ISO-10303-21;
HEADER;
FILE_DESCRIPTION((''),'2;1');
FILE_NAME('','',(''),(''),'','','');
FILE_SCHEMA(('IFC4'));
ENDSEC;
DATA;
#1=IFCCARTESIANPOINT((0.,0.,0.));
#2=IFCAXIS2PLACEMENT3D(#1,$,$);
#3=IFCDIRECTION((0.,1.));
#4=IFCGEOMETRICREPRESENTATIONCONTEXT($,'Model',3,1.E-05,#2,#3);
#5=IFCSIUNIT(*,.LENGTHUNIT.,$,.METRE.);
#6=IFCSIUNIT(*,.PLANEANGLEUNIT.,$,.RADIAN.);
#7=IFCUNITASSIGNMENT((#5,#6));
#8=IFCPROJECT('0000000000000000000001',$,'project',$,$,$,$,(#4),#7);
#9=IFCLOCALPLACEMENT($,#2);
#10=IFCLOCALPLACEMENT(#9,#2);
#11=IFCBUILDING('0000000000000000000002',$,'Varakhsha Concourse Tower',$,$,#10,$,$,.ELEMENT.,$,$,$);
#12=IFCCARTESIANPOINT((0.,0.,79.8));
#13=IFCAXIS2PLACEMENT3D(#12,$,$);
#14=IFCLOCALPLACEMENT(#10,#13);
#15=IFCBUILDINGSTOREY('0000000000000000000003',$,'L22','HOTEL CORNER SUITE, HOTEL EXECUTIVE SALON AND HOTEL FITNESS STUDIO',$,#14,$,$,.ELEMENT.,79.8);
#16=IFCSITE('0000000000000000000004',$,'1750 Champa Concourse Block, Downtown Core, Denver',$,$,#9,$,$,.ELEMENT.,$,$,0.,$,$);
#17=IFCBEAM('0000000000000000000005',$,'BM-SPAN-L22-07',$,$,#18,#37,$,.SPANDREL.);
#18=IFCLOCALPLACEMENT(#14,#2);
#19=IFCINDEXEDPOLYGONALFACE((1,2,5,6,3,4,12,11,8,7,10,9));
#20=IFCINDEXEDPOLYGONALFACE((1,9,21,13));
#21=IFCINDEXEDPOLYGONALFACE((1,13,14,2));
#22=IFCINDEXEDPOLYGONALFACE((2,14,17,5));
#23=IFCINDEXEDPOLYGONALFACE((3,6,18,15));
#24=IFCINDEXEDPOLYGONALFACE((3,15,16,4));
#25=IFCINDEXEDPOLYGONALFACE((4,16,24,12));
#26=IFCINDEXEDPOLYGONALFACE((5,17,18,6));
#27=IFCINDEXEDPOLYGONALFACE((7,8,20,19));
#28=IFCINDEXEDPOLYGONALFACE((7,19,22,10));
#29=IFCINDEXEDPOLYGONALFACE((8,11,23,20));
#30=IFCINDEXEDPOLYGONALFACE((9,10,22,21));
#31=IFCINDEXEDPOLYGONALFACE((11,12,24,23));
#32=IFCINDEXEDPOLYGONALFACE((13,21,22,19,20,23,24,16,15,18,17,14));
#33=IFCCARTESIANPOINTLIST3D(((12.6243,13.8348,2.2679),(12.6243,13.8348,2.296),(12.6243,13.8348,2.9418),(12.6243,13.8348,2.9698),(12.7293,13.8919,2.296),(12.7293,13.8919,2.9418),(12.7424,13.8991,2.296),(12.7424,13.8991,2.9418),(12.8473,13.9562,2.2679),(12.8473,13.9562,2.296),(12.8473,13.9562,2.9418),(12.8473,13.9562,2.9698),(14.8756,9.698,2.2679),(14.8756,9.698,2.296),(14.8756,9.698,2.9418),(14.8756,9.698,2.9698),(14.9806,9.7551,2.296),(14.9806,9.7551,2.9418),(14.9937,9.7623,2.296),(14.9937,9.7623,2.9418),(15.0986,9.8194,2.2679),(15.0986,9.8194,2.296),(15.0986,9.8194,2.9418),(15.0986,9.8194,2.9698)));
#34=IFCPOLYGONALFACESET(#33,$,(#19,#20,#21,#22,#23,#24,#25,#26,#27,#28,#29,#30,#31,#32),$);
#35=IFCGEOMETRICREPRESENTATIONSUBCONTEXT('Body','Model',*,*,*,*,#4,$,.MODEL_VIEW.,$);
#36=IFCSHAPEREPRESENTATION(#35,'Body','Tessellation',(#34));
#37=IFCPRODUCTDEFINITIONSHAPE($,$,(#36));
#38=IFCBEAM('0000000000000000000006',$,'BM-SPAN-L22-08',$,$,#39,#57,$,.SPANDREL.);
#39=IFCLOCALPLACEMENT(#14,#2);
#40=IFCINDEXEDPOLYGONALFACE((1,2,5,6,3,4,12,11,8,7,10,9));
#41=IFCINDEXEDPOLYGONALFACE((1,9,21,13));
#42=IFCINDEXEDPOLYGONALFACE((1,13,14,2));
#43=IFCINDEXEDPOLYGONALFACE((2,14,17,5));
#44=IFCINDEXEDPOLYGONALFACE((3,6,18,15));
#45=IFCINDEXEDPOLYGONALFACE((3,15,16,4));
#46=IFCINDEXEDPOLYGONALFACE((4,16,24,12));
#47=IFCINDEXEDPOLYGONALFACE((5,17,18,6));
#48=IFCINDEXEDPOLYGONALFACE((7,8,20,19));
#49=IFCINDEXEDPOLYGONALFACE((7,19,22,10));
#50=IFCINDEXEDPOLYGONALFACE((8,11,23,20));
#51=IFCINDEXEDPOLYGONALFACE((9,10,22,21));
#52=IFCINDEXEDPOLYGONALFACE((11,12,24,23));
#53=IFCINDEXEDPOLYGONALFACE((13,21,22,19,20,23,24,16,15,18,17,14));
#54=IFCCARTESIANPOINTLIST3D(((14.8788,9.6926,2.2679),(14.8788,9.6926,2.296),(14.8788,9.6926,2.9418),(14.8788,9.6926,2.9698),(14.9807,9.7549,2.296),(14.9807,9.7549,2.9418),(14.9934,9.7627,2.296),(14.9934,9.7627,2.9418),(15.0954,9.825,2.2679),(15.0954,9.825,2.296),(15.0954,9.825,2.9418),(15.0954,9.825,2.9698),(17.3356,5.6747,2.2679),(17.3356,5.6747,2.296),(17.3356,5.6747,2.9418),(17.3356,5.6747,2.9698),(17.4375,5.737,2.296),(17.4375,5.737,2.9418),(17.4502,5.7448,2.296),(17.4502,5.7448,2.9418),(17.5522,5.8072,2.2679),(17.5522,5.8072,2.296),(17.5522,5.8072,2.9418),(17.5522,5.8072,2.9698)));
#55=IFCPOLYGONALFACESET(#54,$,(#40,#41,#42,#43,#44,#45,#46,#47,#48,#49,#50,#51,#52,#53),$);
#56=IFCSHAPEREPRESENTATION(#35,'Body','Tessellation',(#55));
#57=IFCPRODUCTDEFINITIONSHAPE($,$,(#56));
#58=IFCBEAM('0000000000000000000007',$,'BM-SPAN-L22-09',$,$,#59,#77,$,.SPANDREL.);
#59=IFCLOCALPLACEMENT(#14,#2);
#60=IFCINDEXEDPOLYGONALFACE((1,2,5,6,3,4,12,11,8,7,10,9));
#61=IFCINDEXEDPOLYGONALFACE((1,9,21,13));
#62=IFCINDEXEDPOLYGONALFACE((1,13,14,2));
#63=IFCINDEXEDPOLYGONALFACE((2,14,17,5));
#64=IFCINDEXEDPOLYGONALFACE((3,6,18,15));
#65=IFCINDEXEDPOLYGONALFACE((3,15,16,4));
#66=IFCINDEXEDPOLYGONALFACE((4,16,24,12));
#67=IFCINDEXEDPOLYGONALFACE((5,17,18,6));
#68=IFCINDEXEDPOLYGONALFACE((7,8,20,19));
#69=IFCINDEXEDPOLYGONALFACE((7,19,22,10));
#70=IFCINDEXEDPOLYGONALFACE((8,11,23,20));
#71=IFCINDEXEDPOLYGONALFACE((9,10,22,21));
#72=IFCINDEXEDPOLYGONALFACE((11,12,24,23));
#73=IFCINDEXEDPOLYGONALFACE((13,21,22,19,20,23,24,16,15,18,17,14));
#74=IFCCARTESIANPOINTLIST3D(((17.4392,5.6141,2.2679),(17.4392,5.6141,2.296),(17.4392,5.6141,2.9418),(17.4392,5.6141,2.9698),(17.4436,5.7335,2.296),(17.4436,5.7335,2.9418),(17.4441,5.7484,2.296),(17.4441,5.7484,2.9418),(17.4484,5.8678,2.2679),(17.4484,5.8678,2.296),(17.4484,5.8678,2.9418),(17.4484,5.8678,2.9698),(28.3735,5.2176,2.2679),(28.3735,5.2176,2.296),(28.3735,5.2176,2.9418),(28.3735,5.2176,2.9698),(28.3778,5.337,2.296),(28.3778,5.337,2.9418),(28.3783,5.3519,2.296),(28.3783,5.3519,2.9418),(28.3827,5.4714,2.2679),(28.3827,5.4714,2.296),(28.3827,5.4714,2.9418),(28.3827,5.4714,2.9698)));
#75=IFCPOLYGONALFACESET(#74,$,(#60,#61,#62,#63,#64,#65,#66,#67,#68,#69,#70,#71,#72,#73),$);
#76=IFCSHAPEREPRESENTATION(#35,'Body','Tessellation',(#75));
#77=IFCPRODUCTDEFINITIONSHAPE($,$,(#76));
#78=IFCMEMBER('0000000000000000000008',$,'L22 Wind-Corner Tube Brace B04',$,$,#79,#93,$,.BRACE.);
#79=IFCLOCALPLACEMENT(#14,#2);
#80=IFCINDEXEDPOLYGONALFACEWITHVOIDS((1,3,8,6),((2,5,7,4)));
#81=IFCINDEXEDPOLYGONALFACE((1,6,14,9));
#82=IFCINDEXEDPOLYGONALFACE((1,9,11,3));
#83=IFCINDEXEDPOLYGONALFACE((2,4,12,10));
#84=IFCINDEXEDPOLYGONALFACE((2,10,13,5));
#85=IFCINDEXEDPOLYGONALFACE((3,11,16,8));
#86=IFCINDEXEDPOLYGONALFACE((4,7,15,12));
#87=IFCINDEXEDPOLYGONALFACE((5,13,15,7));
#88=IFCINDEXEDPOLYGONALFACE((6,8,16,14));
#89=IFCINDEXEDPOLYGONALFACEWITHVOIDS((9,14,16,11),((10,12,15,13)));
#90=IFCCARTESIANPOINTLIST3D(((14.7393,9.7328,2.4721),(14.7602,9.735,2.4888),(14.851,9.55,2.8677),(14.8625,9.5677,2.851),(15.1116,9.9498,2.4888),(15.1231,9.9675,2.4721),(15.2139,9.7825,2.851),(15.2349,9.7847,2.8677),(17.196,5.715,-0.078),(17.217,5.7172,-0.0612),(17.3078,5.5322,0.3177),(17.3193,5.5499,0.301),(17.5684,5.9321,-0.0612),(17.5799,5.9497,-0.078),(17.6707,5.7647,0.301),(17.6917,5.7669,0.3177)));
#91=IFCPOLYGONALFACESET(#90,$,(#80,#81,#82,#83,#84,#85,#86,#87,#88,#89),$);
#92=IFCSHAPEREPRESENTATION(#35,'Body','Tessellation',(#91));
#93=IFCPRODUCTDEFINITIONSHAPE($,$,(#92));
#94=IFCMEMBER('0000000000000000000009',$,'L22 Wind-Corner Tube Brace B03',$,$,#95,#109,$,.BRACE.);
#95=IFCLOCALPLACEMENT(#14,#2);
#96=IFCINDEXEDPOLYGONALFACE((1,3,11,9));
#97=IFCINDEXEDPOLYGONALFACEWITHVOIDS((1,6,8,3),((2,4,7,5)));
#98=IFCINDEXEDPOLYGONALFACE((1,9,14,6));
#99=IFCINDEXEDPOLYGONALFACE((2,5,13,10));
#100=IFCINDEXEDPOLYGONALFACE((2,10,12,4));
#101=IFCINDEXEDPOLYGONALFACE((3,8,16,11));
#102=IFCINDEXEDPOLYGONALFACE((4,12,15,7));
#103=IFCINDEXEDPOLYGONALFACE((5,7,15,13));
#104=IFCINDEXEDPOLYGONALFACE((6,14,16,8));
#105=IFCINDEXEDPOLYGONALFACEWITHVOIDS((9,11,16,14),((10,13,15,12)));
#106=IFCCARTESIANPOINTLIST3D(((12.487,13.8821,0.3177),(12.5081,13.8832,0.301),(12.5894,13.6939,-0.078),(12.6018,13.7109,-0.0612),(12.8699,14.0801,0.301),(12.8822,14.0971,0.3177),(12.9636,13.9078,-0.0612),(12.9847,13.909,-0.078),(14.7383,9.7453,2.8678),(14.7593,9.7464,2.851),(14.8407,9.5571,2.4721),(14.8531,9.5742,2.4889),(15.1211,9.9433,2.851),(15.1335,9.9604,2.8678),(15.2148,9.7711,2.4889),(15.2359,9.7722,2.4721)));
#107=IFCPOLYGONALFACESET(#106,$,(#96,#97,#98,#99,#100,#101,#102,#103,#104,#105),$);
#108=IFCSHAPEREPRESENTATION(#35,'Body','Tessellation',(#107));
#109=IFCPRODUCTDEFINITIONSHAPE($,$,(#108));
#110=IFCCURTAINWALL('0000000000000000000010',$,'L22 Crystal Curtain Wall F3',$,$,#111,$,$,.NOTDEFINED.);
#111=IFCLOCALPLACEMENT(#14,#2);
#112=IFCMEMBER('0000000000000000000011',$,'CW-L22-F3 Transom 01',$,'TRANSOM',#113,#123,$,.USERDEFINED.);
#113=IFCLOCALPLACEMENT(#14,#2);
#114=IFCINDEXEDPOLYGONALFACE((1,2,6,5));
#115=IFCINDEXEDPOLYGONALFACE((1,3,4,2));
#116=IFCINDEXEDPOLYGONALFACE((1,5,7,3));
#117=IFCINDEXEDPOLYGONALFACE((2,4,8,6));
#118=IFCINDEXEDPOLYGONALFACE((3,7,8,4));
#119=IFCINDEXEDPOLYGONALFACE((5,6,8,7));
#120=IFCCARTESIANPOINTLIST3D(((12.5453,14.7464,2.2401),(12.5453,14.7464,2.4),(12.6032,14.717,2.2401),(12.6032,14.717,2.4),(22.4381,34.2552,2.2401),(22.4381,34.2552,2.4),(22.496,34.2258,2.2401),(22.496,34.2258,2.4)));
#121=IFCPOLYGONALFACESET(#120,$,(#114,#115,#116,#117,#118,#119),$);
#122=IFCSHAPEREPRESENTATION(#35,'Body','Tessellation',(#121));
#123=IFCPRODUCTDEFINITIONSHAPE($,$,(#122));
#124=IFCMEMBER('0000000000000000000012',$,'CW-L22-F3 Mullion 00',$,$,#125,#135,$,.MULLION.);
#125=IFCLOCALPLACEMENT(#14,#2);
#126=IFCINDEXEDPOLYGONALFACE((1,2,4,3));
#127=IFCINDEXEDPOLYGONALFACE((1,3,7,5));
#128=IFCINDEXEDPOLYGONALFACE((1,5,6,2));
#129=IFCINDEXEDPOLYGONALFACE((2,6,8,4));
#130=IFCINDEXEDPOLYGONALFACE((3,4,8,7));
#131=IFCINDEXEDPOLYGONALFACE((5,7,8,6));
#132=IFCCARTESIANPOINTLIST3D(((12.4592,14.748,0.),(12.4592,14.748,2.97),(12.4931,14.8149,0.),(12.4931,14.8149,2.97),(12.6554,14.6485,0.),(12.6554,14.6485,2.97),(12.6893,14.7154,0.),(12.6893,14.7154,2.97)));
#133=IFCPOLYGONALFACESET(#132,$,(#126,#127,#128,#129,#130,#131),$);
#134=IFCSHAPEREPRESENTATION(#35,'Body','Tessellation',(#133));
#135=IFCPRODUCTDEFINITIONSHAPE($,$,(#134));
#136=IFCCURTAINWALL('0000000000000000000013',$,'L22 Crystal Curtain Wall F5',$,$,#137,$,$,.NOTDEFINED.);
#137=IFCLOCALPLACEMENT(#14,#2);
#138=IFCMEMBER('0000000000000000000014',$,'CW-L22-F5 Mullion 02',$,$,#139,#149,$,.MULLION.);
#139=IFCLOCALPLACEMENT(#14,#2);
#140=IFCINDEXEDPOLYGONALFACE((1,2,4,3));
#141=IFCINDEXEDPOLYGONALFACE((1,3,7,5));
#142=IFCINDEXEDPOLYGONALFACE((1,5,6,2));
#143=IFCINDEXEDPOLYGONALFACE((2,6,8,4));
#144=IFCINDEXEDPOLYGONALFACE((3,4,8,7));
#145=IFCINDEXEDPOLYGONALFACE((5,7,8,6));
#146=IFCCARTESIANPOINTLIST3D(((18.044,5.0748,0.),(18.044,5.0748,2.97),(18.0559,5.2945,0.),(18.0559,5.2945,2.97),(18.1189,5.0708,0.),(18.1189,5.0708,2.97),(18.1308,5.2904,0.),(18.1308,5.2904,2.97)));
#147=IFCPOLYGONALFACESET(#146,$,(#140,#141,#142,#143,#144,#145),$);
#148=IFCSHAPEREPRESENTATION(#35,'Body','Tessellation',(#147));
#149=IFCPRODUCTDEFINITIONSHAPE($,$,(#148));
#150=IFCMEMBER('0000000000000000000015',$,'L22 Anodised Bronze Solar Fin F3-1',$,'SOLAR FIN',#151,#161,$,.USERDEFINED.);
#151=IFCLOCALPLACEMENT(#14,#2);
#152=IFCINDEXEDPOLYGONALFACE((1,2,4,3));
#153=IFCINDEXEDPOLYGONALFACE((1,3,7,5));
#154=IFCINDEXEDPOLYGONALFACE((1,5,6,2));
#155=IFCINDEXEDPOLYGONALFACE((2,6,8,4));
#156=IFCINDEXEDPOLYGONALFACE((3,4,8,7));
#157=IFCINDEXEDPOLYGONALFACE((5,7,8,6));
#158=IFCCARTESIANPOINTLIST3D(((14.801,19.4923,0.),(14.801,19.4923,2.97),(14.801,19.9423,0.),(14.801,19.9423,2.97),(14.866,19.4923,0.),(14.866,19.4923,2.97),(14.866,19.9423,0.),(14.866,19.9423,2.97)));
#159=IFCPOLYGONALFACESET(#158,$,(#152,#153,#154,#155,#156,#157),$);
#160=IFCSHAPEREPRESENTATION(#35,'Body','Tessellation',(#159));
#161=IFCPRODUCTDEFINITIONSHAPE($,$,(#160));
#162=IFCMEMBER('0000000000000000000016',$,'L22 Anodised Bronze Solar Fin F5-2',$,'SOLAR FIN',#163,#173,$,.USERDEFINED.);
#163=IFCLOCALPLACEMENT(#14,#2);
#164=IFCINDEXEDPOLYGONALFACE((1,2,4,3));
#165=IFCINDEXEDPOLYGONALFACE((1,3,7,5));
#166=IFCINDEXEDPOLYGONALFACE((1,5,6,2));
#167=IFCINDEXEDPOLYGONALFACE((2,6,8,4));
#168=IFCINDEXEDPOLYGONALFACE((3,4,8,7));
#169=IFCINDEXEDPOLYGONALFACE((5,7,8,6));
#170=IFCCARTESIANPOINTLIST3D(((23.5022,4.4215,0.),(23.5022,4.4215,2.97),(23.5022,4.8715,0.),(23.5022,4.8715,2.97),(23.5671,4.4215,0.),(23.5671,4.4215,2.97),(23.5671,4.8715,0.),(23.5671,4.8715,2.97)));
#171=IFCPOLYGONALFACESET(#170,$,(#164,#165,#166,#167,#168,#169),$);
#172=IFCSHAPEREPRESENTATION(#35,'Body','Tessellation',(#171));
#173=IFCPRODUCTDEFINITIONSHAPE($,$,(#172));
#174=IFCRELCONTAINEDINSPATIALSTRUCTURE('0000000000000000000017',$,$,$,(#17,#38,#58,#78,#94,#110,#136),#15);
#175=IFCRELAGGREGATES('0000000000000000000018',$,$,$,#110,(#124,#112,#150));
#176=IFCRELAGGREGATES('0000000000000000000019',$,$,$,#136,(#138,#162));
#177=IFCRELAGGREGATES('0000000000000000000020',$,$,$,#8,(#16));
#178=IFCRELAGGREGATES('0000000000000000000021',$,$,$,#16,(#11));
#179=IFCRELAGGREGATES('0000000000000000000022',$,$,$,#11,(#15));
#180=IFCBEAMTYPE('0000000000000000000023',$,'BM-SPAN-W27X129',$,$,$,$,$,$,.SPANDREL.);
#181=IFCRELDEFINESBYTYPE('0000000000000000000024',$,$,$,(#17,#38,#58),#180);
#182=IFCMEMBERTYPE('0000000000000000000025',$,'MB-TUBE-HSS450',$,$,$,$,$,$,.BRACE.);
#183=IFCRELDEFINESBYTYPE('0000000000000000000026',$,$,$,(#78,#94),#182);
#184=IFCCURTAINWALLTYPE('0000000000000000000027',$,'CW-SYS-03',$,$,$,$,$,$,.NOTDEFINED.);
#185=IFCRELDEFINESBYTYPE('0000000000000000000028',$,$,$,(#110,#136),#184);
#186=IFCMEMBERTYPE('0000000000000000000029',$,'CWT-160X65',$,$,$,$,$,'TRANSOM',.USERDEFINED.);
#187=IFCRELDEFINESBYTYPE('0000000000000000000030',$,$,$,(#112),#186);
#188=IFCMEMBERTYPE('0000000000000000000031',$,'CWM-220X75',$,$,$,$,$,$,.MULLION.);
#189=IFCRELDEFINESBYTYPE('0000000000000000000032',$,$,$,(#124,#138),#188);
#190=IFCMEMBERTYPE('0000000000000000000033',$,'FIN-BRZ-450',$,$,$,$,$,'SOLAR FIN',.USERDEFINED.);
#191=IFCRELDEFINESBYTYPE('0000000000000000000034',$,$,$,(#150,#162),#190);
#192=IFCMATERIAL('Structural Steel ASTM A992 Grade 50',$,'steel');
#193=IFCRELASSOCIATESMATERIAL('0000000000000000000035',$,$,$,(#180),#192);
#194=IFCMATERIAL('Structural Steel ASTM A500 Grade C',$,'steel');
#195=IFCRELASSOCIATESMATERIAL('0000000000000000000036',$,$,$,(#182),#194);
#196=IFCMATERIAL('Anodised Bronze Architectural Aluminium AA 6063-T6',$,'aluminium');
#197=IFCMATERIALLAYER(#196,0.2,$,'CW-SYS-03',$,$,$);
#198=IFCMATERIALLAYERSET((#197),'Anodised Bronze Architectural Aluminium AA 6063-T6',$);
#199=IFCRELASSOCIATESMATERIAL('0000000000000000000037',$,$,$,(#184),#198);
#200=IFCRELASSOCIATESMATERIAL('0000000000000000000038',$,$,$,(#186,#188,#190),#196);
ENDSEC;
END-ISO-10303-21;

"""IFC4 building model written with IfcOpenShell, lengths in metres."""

from ifc_helpers import new_model, si_unit, direction, frame, origin, origin_2d, place, context, subcontext, project, spatial, rectangle, hollow_rectangle, i_section, extrude, source, transform, mapped, material, layer, layer_set, material_profile, profile_set, type_object, type_shapes, element, aggregate, save


model = new_model("IFC4")

# Units and contexts
model_context = context("Model", 3, precision=1e-05, world=origin(), true_north=direction((0.0, 1.0)))
body_context = subcontext(model_context, "Body", "Model", "MODEL_VIEW")
ifc_project = project(units=[si_unit("LENGTHUNIT", "METRE"), si_unit("PLANEANGLEUNIT", "RADIAN")], contexts=[model_context])

# Site, building, storey
site_placement = place(None, origin())
site = spatial("IfcSite", under=ifc_project, at=site_placement, Name="1750 Champa Concourse Block, Downtown Core, Denver", CompositionType="ELEMENT", RefElevation=0.0)
building_placement = place(site_placement, origin())
building = spatial("IfcBuilding", under=site, at=building_placement, Name="Varakhsha Concourse Tower", CompositionType="ELEMENT")
storey_placement = place(building_placement, frame((0.0, 0.0, 79.8)))
storey = spatial("IfcBuildingStorey", under=building, at=storey_placement, Name="L22", Description="HOTEL CORNER SUITE, HOTEL EXECUTIVE SALON AND HOTEL FITNESS STUDIO", CompositionType="ELEMENT", Elevation=79.8)

# Shared definitions
ifc_material_1 = material(Name="Structural Steel ASTM A992 Grade 50", Category="steel")

# Beams
ifc_material_profile_1 = material_profile(ifc_material_1, i_section(OverallWidth=0.2539, OverallDepth=0.7019, WebThickness=0.0149, FlangeThickness=0.0281, at=origin_2d()), Name="W27X129")
ifc_profile_set_1 = profile_set([ifc_material_profile_1], Name="Structural Steel ASTM A992 Grade 50")
beam_type_1 = type_object("IfcBeamType", Name="BM-SPAN-W27X129", PredefinedType="SPANDREL", material=ifc_profile_set_1)
beam_1_placement = place(storey_placement, frame((12.7358, 13.8955, 2.6189), z_axis=(0.478006, -0.878357, 0.0), x_axis=(0.878357, 0.478006, 0.0)))
element("IfcBeam", 1, at=beam_1_placement, inside=storey, type_object=beam_type_1, Name="BM-SPAN-L22-07", PredefinedType="SPANDREL", context=body_context, shape_type="SweptSolid", body=[
    extrude(i_section(OverallWidth=0.2539, OverallDepth=0.7019, WebThickness=0.0149, FlangeThickness=0.0281, at=origin_2d()), origin(), (0.0, 0.0, 1.0), 4.7097),
])
beam_2_placement = place(storey_placement, frame((14.9871, 9.7588, 2.6189), z_axis=(0.521674, -0.853145, 0.0), x_axis=(0.853145, 0.521674, 0.0)))
element("IfcBeam", 2, at=beam_2_placement, inside=storey, type_object=beam_type_1, Name="BM-SPAN-L22-08", PredefinedType="SPANDREL", context=body_context, shape_type="SweptSolid", body=[
    extrude(i_section(OverallWidth=0.2539, OverallDepth=0.7019, WebThickness=0.0149, FlangeThickness=0.0281, at=origin_2d()), origin(), (0.0, 0.0, 1.0), 4.7095),
])
beam_3_placement = place(storey_placement, frame((17.4438, 5.741, 2.6189), z_axis=(0.999343, -0.036237, 0.0), x_axis=(0.036237, 0.999343, 0.0)))
element("IfcBeam", 3, at=beam_3_placement, inside=storey, type_object=beam_type_1, Name="BM-SPAN-L22-09", PredefinedType="SPANDREL", context=body_context, shape_type="SweptSolid", body=[
    extrude(i_section(OverallWidth=0.2539, OverallDepth=0.7019, WebThickness=0.0149, FlangeThickness=0.0281, at=origin_2d()), origin(), (0.0, 0.0, 1.0), 10.9414),
])

# Members
ifc_material_2 = material(Name="Structural Steel ASTM A500 Grade C", Category="steel")
ifc_material_profile_2 = material_profile(ifc_material_2, hollow_rectangle(XDim=0.45, YDim=0.45, WallThickness=0.019, at=origin_2d()), Name="HSS 450x450x19")
ifc_profile_set_2 = profile_set([ifc_material_profile_2], Name="Structural Steel ASTM A500 Grade C")
member_type_1 = type_object("IfcMemberType", Name="MB-TUBE-HSS450", PredefinedType="BRACE", material=ifc_profile_set_2)
shared_shape_1 = source(origin(), body_context, "Body", "SweptSolid", [
    extrude(hollow_rectangle(XDim=0.45, YDim=0.45, WallThickness=0.019, at=origin_2d()), origin(), (0.0, 0.0, 1.0), 5.3555),
])
member_1_placement = place(storey_placement, frame((17.4438, 5.741, 0.1199), z_axis=(-0.45874, 0.750223, 0.476155), x_axis=(-0.853145, -0.521674, 0.0)))
element("IfcMember", 4, at=member_1_placement, inside=storey, type_object=member_type_1, Name="L22 Wind-Corner Tube Brace B04", PredefinedType="BRACE", context=body_context, shape_type="MappedRepresentation", body=[
    mapped(shared_shape_1, transform((0.0, 0.0, 0.0), scale=1.0)),
])
shared_shape_2 = source(origin(), body_context, "Body", "SweptSolid", [
    extrude(hollow_rectangle(XDim=0.45, YDim=0.45, WallThickness=0.019, at=origin_2d()), origin(), (0.0, 0.0, 1.0), 5.3557),
])
type_shapes(member_type_1, [shared_shape_1, shared_shape_2])
member_2_placement = place(storey_placement, frame((12.7358, 13.8955, 0.1199), z_axis=(0.420344, -0.7724, 0.47614), x_axis=(0.878357, 0.478006, 0.0)))
element("IfcMember", 5, at=member_2_placement, inside=storey, type_object=member_type_1, Name="L22 Wind-Corner Tube Brace B03", PredefinedType="BRACE", context=body_context, shape_type="MappedRepresentation", body=[
    mapped(shared_shape_2, transform((0.0, 0.0, 0.0), scale=1.0)),
])

# Curtain wall, members
ifc_material_3 = material(Name="Anodised Bronze Architectural Aluminium AA 6063-T6", Category="aluminium")
ifc_layer_1 = layer(ifc_material_3, 0.2, Name="CW-SYS-03")
ifc_layer_set_1 = layer_set([ifc_layer_1], Name="Anodised Bronze Architectural Aluminium AA 6063-T6")
curtain_wall_type = type_object("IfcCurtainWallType", Name="CW-SYS-03", PredefinedType="NOTDEFINED", material=ifc_layer_set_1)
curtain_wall_1_placement = place(storey_placement, origin())
curtain_wall_1 = element("IfcCurtainWall", 6, at=curtain_wall_1_placement, inside=storey, type_object=curtain_wall_type, Name="L22 Crystal Curtain Wall F3", PredefinedType="NOTDEFINED")
ifc_material_profile_3 = material_profile(ifc_material_3, rectangle(XDim=0.0649, YDim=0.1599, at=origin_2d()), Name="CWT-160X65")
ifc_profile_set_3 = profile_set([ifc_material_profile_3], Name="Anodised Bronze Architectural Aluminium AA 6063-T6")
member_type_2 = type_object("IfcMemberType", Name="CWT-160X65", ElementType="TRANSOM", PredefinedType="USERDEFINED", material=ifc_profile_set_3)
shared_shape_3 = source(origin(), body_context, "Body", "SweptSolid", [
    extrude(rectangle(XDim=0.0649, YDim=0.1599, at=origin_2d()), origin(), (0.0, 0.0, 1.0), 21.8738),
])
type_shapes(member_type_2, [shared_shape_3])
member_3_placement = place(storey_placement, frame((12.5742, 14.7317, 2.3201), z_axis=(0.452269, 0.891881, 0.0), x_axis=(-0.891881, 0.452269, 0.0)))
member_3 = element("IfcMember", 7, at=member_3_placement, type_object=member_type_2, Name="CW-L22-F3 Transom 01", ObjectType="TRANSOM", PredefinedType="USERDEFINED", context=body_context, shape_type="MappedRepresentation", body=[
    mapped(shared_shape_3, transform((0.0, 0.0, 0.0), scale=1.0)),
])
ifc_material_profile_4 = material_profile(ifc_material_3, rectangle(XDim=0.075, YDim=0.22, at=origin_2d()), Name="CWM-220X75")
ifc_profile_set_4 = profile_set([ifc_material_profile_4], Name="Anodised Bronze Architectural Aluminium AA 6063-T6")
member_type_3 = type_object("IfcMemberType", Name="CWM-220X75", PredefinedType="MULLION", material=ifc_profile_set_4)
shared_shape_4 = source(origin(), body_context, "Body", "SweptSolid", [
    extrude(rectangle(XDim=0.075, YDim=0.22, at=origin_2d()), origin(), (0.0, 0.0, 1.0), 2.97),
])
type_shapes(member_type_3, [shared_shape_4])
member_4_placement = place(storey_placement, frame((12.5742, 14.7317, 0.0), z_axis=(0.0, 0.0, 1.0), x_axis=(0.452274, 0.891879, 0.0)))
member_4 = element("IfcMember", 8, at=member_4_placement, type_object=member_type_3, Name="CW-L22-F3 Mullion 00", PredefinedType="MULLION", context=body_context, shape_type="MappedRepresentation", body=[
    mapped(shared_shape_4, transform((0.0, 0.0, 0.0), scale=1.0)),
])

# Curtain wall, member
curtain_wall_2_placement = place(storey_placement, origin())
curtain_wall_2 = element("IfcCurtainWall", 9, at=curtain_wall_2_placement, inside=storey, type_object=curtain_wall_type, Name="L22 Crystal Curtain Wall F5", PredefinedType="NOTDEFINED")
member_5_placement = place(storey_placement, frame((18.0874, 5.1826, 0.0), z_axis=(0.0, 0.0, 1.0), x_axis=(-0.998527, 0.054257, 0.0)))
member_5 = element("IfcMember", 10, at=member_5_placement, type_object=member_type_3, Name="CW-L22-F5 Mullion 02", PredefinedType="MULLION", context=body_context, shape_type="MappedRepresentation", body=[
    mapped(shared_shape_4, transform((0.0, 0.0, 0.0), scale=1.0)),
])

# Members
ifc_material_profile_5 = material_profile(ifc_material_3, rectangle(XDim=0.0649, YDim=0.45, at=origin_2d()), Name="FIN-BRZ-450")
ifc_profile_set_5 = profile_set([ifc_material_profile_5], Name="Anodised Bronze Architectural Aluminium AA 6063-T6")
member_type_4 = type_object("IfcMemberType", Name="FIN-BRZ-450", ElementType="SOLAR FIN", PredefinedType="USERDEFINED", material=ifc_profile_set_5)
shared_shape_5 = source(origin(), body_context, "Body", "SweptSolid", [
    extrude(rectangle(XDim=0.0649, YDim=0.45, at=origin_2d()), origin(), (0.0, 0.0, 1.0), 2.97),
])
type_shapes(member_type_4, [shared_shape_5])
member_6_placement = place(storey_placement, frame((14.8335, 19.7173, 0.0), z_axis=(0.0, 0.0, 1.0), x_axis=(1.0, 0.0, 0.0)))
member_6 = element("IfcMember", 11, at=member_6_placement, type_object=member_type_4, Name="L22 Anodised Bronze Solar Fin F3-1", ObjectType="SOLAR FIN", PredefinedType="USERDEFINED", context=body_context, shape_type="MappedRepresentation", body=[
    mapped(shared_shape_5, transform((0.0, 0.0, 0.0), scale=1.0)),
])
member_7_placement = place(storey_placement, frame((23.5347, 4.6465, 0.0), z_axis=(0.0, 0.0, 1.0), x_axis=(1.0, 0.0, 0.0)))
member_7 = element("IfcMember", 12, at=member_7_placement, type_object=member_type_4, Name="L22 Anodised Bronze Solar Fin F5-2", ObjectType="SOLAR FIN", PredefinedType="USERDEFINED", context=body_context, shape_type="MappedRepresentation", body=[
    mapped(shared_shape_5, transform((0.0, 0.0, 0.0), scale=1.0)),
])

aggregate(curtain_wall_1, [member_4, member_3, member_6])
aggregate(curtain_wall_2, [member_5, member_7])

save(model, "model.ifc")
